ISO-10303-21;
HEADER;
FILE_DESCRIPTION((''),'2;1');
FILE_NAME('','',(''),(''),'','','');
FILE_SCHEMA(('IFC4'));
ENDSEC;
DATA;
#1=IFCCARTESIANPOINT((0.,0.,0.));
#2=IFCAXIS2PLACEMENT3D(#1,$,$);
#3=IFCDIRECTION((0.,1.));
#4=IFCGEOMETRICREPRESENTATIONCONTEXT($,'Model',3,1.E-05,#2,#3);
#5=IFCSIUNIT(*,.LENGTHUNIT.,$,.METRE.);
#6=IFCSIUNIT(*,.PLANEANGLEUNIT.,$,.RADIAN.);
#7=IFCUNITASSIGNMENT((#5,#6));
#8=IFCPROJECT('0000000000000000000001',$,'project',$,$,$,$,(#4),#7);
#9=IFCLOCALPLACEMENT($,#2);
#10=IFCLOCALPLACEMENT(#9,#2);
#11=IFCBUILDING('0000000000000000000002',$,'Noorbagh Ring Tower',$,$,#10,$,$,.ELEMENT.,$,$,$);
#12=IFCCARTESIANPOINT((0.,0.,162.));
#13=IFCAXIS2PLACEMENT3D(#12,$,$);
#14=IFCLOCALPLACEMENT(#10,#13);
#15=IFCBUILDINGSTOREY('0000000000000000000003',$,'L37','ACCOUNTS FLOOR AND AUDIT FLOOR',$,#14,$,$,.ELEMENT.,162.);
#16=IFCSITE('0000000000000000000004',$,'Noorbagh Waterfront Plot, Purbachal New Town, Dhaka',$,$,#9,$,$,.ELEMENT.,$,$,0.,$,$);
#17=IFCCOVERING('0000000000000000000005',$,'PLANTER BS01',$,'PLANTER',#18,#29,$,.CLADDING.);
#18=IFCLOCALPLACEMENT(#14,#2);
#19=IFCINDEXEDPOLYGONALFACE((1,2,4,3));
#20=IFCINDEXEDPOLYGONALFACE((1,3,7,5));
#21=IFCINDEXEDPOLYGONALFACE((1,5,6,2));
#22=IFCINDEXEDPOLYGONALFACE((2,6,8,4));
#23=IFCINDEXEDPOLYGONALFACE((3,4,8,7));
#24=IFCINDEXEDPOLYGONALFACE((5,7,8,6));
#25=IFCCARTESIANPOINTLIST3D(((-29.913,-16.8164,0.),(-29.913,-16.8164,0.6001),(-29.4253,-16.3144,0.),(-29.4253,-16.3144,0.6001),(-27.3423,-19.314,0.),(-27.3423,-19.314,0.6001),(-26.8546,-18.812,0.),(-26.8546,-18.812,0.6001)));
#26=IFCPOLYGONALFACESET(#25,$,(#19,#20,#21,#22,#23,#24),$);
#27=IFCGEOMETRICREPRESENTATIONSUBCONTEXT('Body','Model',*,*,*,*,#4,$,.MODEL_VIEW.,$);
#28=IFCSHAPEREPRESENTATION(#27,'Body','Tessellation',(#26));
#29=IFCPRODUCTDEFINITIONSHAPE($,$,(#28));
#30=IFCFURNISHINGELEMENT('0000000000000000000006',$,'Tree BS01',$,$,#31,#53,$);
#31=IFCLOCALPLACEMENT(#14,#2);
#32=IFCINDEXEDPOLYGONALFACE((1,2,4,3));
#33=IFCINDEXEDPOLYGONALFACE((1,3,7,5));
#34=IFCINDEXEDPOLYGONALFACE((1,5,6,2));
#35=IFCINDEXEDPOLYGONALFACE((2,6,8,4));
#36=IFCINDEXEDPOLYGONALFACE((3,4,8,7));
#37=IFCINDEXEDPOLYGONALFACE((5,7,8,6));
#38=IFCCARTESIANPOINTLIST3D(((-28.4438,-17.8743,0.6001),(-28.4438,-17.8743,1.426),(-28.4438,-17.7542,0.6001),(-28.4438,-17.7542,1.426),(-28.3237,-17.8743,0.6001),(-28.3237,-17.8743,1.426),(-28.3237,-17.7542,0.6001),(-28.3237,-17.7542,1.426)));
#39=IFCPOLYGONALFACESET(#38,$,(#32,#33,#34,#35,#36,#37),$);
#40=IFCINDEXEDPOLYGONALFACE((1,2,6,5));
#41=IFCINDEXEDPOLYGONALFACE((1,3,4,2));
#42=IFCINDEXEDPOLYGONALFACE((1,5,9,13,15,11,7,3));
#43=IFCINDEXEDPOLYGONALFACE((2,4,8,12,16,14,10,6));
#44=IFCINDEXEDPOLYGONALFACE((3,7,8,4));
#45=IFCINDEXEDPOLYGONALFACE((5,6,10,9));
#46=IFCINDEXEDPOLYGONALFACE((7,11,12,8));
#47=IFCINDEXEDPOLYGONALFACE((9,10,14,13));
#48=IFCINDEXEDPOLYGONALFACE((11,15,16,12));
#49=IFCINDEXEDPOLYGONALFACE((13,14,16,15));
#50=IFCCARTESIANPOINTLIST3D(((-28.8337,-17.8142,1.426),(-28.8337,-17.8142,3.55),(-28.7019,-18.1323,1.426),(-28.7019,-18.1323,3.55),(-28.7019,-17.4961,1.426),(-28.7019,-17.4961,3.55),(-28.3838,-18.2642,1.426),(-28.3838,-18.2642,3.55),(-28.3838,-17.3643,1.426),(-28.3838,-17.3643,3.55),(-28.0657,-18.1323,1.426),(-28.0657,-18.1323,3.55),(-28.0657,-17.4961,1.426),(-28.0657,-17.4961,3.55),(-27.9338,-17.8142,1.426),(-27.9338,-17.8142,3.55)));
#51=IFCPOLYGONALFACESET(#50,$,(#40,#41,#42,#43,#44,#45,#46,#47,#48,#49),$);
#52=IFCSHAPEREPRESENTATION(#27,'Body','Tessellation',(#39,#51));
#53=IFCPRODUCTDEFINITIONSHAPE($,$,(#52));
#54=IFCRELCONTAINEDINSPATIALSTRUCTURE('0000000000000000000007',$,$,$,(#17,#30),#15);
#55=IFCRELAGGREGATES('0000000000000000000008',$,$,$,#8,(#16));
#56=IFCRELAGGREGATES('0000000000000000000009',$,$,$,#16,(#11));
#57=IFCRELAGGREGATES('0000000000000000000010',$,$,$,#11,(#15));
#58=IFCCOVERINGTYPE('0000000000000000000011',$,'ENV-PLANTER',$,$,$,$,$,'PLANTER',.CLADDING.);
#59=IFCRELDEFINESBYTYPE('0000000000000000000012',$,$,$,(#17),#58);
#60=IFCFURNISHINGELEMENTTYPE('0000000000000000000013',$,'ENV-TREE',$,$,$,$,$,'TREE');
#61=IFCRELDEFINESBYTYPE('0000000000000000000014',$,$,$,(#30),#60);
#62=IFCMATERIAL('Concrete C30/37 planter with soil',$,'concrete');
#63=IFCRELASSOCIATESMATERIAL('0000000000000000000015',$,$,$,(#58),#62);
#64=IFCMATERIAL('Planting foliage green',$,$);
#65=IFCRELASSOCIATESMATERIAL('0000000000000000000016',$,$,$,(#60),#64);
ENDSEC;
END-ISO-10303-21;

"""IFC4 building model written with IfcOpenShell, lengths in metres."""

from ifc_helpers import new_model, si_unit, direction, frame, origin, origin_2d, place, context, subcontext, project, spatial, polyline, rectangle, outline, extrude, material, type_object, element, save


model = new_model("IFC4")

# Units and contexts
model_context = context("Model", 3, precision=1e-05, world=origin(), true_north=direction((0.0, 1.0)))
body_context = subcontext(model_context, "Body", "Model", "MODEL_VIEW")
ifc_project = project(units=[si_unit("LENGTHUNIT", "METRE"), si_unit("PLANEANGLEUNIT", "RADIAN")], contexts=[model_context])

# Site, building, storey
site_placement = place(None, origin())
site = spatial("IfcSite", under=ifc_project, at=site_placement, Name="Noorbagh Waterfront Plot, Purbachal New Town, Dhaka", CompositionType="ELEMENT", RefElevation=0.0)
building_placement = place(site_placement, origin())
building = spatial("IfcBuilding", under=site, at=building_placement, Name="Noorbagh Ring Tower", CompositionType="ELEMENT")
storey_placement = place(building_placement, frame((0.0, 0.0, 162.0)))
storey = spatial("IfcBuildingStorey", under=building, at=storey_placement, Name="L37", Description="ACCOUNTS FLOOR AND AUDIT FLOOR", CompositionType="ELEMENT", Elevation=162.0)

# Covering
ifc_material_1 = material(Name="Concrete C30/37 planter with soil", Category="concrete")
covering_type = type_object("IfcCoveringType", Name="ENV-PLANTER", ElementType="PLANTER", PredefinedType="CLADDING", material=ifc_material_1)
covering_placement = place(storey_placement, frame((-28.3838, -17.8142, 0.0), z_axis=(0.0, 0.0, 1.0), x_axis=(0.717225, -0.696842, 0.0)))
element("IfcCovering", 1, at=covering_placement, inside=storey, type_object=covering_type, Name="PLANTER BS01", ObjectType="PLANTER", PredefinedType="CLADDING", context=body_context, shape_type="SweptSolid", body=[
    extrude(rectangle(XDim=3.5842, YDim=0.7, at=origin_2d()), origin(), (0.0, 0.0, 1.0), 0.6001),
])

# Furnishing element
ifc_material_2 = material(Name="Planting foliage green")
furnishing_element_type = type_object("IfcFurnishingElementType", Name="ENV-TREE", ElementType="TREE", material=ifc_material_2)
furnishing_placement = place(storey_placement, frame((-28.3838, -17.8142, 0.6001), z_axis=(0.0, 0.0, 1.0), x_axis=(1.0, 0.0, 0.0)))
element("IfcFurnishingElement", 2, at=furnishing_placement, inside=storey, type_object=furnishing_element_type, Name="Tree BS01", context=body_context, shape_type="SweptSolid", body=[
    extrude(rectangle(XDim=0.1201, YDim=0.1201, at=origin_2d()), origin(), (0.0, 0.0, 1.0), 0.8259),
    extrude(outline(polyline([(0.45, 0.0), (0.3181, 0.3181), (0.0, 0.45), (-0.3181, 0.3181), (-0.45, 0.0), (-0.3181, -0.3181), (0.0, -0.45), (0.3181, -0.3181), (0.45, 0.0)])), frame((0.0, 0.0, 0.8259)), (0.0, 0.0, 1.0), 2.124),
])

save(model, "model.ifc")
